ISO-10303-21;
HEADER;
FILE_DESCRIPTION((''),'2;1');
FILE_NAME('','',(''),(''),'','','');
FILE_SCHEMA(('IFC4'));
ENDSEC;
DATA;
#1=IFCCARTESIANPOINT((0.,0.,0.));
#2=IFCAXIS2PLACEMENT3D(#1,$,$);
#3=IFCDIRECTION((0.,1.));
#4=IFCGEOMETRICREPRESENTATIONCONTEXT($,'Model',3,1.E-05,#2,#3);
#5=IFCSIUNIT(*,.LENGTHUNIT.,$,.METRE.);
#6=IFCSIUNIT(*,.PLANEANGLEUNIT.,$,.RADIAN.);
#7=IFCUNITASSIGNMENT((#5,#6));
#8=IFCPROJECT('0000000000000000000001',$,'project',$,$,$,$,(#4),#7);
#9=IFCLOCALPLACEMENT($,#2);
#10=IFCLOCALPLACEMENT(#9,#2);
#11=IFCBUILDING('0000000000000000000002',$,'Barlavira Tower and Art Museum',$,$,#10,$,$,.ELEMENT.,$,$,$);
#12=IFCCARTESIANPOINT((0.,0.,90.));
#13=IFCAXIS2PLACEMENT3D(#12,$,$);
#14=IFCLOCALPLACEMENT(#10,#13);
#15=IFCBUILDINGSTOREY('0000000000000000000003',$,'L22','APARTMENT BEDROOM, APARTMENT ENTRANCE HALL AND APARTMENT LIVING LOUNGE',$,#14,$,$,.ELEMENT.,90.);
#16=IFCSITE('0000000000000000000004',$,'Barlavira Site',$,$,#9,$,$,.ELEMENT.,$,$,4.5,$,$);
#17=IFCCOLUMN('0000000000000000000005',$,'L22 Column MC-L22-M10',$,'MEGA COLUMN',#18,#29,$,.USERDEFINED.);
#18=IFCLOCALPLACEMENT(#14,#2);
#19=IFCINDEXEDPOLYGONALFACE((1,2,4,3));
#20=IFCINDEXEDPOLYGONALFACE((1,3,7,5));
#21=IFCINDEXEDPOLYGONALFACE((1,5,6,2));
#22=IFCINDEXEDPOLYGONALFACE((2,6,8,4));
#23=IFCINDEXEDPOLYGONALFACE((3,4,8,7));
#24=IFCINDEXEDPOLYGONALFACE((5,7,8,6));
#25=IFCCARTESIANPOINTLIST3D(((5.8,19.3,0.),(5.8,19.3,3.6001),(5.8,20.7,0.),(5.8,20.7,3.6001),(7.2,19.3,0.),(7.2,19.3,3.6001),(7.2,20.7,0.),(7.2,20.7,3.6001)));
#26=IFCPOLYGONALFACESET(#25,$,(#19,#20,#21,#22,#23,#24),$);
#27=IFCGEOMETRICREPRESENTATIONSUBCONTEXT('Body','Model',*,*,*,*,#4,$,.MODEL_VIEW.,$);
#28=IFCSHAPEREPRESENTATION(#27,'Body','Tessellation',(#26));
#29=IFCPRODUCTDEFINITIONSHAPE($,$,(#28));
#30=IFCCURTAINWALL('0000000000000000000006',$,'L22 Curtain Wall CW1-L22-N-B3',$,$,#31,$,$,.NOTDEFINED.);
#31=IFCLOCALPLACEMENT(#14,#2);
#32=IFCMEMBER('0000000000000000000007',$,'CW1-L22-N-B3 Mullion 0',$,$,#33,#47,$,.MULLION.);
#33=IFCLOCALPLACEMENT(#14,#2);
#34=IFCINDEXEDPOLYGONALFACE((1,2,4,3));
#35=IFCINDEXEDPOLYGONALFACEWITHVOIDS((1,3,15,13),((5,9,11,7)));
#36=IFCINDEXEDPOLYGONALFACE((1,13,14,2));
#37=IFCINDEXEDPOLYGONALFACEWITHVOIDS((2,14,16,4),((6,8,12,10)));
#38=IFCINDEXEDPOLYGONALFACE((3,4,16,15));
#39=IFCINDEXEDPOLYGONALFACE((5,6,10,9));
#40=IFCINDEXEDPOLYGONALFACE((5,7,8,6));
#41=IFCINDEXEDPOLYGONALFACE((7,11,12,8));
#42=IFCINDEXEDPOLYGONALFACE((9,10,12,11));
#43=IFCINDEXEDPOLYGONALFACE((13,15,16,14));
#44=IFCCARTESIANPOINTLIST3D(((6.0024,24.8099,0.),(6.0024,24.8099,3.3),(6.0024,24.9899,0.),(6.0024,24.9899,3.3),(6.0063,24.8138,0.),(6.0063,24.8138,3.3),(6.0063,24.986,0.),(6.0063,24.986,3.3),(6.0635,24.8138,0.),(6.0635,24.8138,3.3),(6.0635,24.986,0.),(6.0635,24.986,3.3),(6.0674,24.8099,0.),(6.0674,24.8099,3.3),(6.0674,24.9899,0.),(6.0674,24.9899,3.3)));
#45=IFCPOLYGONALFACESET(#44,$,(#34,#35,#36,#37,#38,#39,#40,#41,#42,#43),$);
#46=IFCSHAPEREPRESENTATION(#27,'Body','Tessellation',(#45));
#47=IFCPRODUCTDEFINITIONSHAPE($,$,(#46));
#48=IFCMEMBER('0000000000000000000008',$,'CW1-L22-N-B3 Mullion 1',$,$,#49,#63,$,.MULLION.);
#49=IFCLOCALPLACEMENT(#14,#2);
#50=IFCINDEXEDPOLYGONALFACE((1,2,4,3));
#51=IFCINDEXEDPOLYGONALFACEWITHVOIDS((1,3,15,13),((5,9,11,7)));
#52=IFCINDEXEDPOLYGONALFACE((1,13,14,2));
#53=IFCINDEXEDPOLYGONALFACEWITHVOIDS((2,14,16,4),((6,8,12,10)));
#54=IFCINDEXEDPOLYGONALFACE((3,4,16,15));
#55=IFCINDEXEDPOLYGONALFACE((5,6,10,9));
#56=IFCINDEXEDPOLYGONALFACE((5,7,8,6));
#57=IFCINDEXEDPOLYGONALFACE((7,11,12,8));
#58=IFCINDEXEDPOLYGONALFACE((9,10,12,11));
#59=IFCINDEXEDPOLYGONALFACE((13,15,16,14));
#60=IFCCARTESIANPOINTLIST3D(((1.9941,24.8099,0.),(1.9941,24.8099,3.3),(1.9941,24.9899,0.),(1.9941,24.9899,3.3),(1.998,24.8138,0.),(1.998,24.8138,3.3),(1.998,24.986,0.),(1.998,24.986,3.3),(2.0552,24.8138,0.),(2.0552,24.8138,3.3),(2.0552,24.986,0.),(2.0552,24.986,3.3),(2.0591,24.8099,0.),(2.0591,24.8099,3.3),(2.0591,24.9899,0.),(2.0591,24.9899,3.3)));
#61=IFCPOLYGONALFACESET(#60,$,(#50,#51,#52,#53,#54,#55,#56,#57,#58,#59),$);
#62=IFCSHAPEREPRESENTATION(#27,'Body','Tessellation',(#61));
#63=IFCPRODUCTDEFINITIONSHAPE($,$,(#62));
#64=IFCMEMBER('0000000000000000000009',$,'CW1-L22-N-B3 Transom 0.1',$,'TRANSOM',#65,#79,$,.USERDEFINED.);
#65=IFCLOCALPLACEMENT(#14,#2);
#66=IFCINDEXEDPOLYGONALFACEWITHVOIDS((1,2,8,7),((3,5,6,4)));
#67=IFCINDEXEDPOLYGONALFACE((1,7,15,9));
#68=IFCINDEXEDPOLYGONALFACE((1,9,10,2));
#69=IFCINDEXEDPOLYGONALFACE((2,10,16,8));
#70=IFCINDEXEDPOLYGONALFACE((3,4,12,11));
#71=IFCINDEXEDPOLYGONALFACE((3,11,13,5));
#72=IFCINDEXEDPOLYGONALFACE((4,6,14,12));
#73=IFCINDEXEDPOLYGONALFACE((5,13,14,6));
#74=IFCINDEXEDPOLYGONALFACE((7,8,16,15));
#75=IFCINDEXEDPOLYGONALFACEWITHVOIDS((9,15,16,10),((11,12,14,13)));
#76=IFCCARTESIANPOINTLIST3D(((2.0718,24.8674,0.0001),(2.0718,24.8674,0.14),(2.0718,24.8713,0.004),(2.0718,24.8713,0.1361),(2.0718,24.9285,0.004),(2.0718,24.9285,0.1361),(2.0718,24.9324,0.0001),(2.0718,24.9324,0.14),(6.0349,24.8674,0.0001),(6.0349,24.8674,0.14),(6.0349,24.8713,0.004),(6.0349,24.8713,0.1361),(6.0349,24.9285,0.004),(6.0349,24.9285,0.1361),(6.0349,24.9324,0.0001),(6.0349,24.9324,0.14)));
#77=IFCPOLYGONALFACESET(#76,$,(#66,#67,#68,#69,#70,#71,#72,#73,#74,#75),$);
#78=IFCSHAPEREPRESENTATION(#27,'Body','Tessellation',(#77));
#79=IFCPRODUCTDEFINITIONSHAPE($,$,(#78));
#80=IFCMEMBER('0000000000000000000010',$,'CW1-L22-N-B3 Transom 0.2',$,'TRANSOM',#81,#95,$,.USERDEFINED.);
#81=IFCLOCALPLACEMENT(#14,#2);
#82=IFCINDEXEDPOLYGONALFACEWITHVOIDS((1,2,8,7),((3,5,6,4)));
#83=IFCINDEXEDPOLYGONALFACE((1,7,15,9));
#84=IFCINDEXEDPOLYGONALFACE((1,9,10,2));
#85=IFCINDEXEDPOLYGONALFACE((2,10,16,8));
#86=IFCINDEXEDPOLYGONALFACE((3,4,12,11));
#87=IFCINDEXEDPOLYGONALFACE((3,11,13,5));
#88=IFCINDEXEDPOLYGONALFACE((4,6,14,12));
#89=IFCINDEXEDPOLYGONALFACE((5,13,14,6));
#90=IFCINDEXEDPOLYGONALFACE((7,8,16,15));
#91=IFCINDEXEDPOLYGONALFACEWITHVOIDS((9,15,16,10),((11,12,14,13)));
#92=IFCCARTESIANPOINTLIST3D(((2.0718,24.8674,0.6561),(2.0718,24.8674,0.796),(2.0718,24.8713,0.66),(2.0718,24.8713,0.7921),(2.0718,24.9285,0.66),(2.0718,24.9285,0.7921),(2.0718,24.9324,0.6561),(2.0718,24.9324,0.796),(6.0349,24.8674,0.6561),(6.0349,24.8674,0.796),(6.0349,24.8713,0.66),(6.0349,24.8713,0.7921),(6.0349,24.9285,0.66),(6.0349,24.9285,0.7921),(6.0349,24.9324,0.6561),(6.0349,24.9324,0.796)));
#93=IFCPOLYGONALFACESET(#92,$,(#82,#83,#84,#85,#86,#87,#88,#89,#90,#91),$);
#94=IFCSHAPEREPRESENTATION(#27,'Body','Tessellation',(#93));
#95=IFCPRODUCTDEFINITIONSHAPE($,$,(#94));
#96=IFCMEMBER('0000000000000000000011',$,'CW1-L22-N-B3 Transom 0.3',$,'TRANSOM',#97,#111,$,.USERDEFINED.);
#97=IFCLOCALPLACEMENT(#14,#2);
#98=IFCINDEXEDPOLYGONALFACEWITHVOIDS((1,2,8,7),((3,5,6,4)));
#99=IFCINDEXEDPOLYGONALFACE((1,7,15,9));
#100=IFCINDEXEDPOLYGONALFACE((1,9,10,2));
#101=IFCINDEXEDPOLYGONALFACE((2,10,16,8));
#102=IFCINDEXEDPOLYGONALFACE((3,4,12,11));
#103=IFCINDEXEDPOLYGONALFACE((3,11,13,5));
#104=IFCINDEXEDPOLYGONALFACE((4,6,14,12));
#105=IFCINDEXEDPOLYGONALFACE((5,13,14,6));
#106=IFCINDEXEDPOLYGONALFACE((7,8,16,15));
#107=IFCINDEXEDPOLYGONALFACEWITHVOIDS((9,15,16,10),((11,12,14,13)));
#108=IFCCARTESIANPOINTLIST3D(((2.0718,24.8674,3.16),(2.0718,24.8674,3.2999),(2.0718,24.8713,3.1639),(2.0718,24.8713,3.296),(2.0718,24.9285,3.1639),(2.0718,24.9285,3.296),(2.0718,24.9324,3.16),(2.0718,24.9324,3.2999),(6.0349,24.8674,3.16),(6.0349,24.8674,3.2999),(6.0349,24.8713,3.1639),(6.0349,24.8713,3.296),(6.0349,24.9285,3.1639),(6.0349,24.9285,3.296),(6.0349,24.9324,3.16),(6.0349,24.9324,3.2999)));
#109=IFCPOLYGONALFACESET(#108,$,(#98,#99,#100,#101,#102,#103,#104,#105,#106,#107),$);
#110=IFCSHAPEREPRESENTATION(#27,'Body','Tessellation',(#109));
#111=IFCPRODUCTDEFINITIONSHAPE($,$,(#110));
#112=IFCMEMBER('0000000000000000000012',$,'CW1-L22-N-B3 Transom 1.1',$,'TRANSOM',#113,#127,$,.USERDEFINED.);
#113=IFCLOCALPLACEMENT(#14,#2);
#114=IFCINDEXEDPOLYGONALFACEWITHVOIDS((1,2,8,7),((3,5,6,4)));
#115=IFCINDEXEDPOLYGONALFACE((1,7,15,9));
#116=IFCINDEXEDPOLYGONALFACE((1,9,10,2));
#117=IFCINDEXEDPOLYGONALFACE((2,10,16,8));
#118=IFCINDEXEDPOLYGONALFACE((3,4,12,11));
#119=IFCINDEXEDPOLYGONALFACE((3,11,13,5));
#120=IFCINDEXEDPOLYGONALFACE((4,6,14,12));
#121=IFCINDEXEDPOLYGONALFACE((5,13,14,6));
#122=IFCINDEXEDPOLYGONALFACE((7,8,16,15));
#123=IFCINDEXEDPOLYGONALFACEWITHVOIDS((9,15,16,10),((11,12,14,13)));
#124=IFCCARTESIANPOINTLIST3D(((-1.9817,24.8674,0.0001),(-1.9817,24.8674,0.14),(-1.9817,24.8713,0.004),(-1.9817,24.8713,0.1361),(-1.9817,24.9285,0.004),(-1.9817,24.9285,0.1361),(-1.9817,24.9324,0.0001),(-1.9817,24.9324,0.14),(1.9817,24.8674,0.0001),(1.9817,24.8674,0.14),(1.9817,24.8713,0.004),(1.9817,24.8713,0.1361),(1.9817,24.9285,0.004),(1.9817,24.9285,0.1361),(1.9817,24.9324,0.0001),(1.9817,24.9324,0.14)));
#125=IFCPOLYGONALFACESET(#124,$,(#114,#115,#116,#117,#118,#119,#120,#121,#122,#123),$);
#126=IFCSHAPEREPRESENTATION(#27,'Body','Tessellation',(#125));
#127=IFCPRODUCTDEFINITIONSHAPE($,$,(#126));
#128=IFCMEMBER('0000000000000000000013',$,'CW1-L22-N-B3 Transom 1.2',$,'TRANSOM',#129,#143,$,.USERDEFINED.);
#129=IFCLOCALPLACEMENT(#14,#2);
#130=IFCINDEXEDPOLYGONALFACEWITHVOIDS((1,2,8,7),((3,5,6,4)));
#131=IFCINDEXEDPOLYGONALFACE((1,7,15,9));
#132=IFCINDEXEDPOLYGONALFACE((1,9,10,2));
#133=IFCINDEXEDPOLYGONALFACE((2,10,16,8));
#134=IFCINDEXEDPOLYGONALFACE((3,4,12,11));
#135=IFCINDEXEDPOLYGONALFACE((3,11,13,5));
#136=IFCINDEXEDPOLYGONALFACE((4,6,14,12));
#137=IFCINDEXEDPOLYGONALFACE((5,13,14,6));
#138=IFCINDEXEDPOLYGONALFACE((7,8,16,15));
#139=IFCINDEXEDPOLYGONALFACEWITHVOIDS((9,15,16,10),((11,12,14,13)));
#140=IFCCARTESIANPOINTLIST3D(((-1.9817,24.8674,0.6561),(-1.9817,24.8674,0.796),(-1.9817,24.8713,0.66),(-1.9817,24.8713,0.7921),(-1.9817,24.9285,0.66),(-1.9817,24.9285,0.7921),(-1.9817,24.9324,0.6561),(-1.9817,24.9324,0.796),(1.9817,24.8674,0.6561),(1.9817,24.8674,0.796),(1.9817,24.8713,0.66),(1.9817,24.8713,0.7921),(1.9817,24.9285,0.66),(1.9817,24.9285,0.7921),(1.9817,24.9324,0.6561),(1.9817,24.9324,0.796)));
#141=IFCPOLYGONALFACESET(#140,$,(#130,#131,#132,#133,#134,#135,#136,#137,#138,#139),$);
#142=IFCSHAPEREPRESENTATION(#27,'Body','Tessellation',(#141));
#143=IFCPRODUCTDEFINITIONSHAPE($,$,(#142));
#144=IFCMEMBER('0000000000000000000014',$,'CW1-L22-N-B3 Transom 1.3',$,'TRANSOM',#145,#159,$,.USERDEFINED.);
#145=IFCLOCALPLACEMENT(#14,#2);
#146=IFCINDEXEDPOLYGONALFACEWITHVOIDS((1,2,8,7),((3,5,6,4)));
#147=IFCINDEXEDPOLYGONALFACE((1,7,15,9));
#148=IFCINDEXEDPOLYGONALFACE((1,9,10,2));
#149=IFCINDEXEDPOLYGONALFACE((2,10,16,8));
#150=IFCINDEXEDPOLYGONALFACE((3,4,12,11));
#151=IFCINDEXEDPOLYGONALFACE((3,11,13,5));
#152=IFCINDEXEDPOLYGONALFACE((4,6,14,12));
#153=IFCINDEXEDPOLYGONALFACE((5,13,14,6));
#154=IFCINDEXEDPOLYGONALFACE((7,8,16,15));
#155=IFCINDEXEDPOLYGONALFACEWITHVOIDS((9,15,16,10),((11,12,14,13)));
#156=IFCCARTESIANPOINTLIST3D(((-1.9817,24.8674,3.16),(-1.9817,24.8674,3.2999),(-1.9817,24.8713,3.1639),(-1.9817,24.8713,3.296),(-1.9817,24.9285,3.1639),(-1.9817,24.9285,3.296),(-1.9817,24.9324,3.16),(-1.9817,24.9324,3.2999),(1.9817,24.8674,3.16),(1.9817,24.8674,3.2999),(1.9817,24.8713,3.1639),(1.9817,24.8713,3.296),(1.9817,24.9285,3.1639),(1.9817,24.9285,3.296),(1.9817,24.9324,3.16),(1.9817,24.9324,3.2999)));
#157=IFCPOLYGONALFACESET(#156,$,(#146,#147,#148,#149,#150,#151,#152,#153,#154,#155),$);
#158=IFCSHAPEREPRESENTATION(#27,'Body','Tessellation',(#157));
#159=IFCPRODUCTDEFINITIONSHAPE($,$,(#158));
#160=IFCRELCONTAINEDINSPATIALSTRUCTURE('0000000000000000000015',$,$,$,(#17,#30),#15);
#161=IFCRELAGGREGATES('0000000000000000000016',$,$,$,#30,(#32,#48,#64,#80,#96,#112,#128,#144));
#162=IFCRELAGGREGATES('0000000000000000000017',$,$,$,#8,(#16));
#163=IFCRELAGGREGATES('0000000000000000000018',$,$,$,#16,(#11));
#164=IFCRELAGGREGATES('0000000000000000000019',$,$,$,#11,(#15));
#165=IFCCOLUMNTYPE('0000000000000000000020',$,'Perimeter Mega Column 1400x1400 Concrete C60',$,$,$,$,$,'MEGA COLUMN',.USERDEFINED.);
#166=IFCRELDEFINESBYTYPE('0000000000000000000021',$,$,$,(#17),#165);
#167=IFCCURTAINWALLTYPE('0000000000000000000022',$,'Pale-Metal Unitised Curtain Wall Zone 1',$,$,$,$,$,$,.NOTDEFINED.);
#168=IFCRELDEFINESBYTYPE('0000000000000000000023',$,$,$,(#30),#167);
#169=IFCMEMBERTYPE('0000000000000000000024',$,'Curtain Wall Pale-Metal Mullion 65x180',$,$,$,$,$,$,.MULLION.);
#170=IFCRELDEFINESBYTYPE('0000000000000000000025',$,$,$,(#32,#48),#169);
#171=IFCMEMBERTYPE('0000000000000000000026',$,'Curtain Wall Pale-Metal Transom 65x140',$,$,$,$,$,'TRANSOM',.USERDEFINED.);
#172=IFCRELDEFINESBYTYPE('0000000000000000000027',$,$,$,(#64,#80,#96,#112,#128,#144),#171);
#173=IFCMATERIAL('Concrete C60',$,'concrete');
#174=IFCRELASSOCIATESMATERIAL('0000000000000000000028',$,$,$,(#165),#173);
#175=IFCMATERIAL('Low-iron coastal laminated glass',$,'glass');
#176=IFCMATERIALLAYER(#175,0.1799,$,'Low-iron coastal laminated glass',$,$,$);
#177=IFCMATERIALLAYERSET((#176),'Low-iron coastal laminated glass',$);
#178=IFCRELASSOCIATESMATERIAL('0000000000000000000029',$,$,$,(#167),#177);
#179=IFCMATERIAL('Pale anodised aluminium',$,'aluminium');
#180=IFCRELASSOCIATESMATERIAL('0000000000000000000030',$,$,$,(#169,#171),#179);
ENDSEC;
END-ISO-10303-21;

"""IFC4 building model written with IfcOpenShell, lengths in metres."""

from ifc_helpers import new_model, si_unit, direction, frame, origin, origin_2d, place, context, subcontext, project, spatial, rectangle, hollow_rectangle, extrude, material, layer, layer_set, material_profile, profile_set, type_object, element, aggregate, save


model = new_model("IFC4")

# Units and contexts
model_context = context("Model", 3, precision=1e-05, world=origin(), true_north=direction((0.0, 1.0)))
body_context = subcontext(model_context, "Body", "Model", "MODEL_VIEW")
ifc_project = project(units=[si_unit("LENGTHUNIT", "METRE"), si_unit("PLANEANGLEUNIT", "RADIAN")], contexts=[model_context])

# Site, building, storey
site_placement = place(None, origin())
site = spatial("IfcSite", under=ifc_project, at=site_placement, Name="Barlavira Site", CompositionType="ELEMENT", RefElevation=4.5)
building_placement = place(site_placement, origin())
building = spatial("IfcBuilding", under=site, at=building_placement, Name="Barlavira Tower and Art Museum", CompositionType="ELEMENT")
storey_placement = place(building_placement, frame((0.0, 0.0, 90.0)))
storey = spatial("IfcBuildingStorey", under=building, at=storey_placement, Name="L22", Description="APARTMENT BEDROOM, APARTMENT ENTRANCE HALL AND APARTMENT LIVING LOUNGE", CompositionType="ELEMENT", Elevation=90.0)

# Column
ifc_material_1 = material(Name="Concrete C60", Category="concrete")
ifc_material_profile_1 = material_profile(ifc_material_1, rectangle(XDim=1.3999, YDim=1.3999, at=origin_2d()), Name="RC-MCOL 1400x1400")
ifc_profile_set_1 = profile_set([ifc_material_profile_1], Name="Concrete C60")
column_type = type_object("IfcColumnType", Name="Perimeter Mega Column 1400x1400 Concrete C60", ElementType="MEGA COLUMN", PredefinedType="USERDEFINED", material=ifc_profile_set_1)
column_placement = place(storey_placement, frame((6.5, 20.0, 0.0), z_axis=(0.0, 0.0, 1.0), x_axis=(1.0, 0.0, 0.0)))
element("IfcColumn", 1, at=column_placement, inside=storey, type_object=column_type, Name="L22 Column MC-L22-M10", ObjectType="MEGA COLUMN", PredefinedType="USERDEFINED", context=body_context, shape_type="SweptSolid", body=[
    extrude(rectangle(XDim=1.3999, YDim=1.3999, at=origin_2d()), origin(), (0.0, 0.0, 1.0), 3.6001),
])

# Curtain wall, members
ifc_material_2 = material(Name="Low-iron coastal laminated glass", Category="glass")
ifc_layer_1 = layer(ifc_material_2, 0.1799, Name="Low-iron coastal laminated glass")
ifc_layer_set_1 = layer_set([ifc_layer_1], Name="Low-iron coastal laminated glass")
curtain_wall_type = type_object("IfcCurtainWallType", Name="Pale-Metal Unitised Curtain Wall Zone 1", PredefinedType="NOTDEFINED", material=ifc_layer_set_1)
curtain_wall_placement = place(storey_placement, origin())
curtain_wall = element("IfcCurtainWall", 2, at=curtain_wall_placement, inside=storey, type_object=curtain_wall_type, Name="L22 Curtain Wall CW1-L22-N-B3", PredefinedType="NOTDEFINED")
ifc_material_3 = material(Name="Pale anodised aluminium", Category="aluminium")
ifc_material_profile_2 = material_profile(ifc_material_3, hollow_rectangle(XDim=0.0649, YDim=0.1799, WallThickness=0.0039, at=origin_2d()), Name="ALU-MULL 65x180x4")
ifc_profile_set_2 = profile_set([ifc_material_profile_2], Name="Pale anodised aluminium")
member_type_1 = type_object("IfcMemberType", Name="Curtain Wall Pale-Metal Mullion 65x180", PredefinedType="MULLION", material=ifc_profile_set_2)
member_1_placement = place(storey_placement, frame((6.0349, 24.8999, 0.0), z_axis=(0.0, 0.0, 1.0), x_axis=(-1.0, 0.0, 0.0)))
member_1 = element("IfcMember", 3, at=member_1_placement, type_object=member_type_1, Name="CW1-L22-N-B3 Mullion 0", PredefinedType="MULLION", context=body_context, shape_type="SweptSolid", body=[
    extrude(hollow_rectangle(XDim=0.0649, YDim=0.1799, WallThickness=0.0039, at=origin_2d()), origin(), (0.0, 0.0, 1.0), 3.3),
])
member_2_placement = place(storey_placement, frame((2.0266, 24.8999, 0.0), z_axis=(0.0, 0.0, 1.0), x_axis=(-1.0, 0.0, 0.0)))
member_2 = element("IfcMember", 4, at=member_2_placement, type_object=member_type_1, Name="CW1-L22-N-B3 Mullion 1", PredefinedType="MULLION", context=body_context, shape_type="SweptSolid", body=[
    extrude(hollow_rectangle(XDim=0.0649, YDim=0.1799, WallThickness=0.0039, at=origin_2d()), origin(), (0.0, 0.0, 1.0), 3.3),
])
ifc_material_profile_3 = material_profile(ifc_material_3, hollow_rectangle(XDim=0.0649, YDim=0.1399, WallThickness=0.0039, at=origin_2d()), Name="ALU-TRAN 65x140x4")
ifc_profile_set_3 = profile_set([ifc_material_profile_3], Name="Pale anodised aluminium")
member_type_2 = type_object("IfcMemberType", Name="Curtain Wall Pale-Metal Transom 65x140", ElementType="TRANSOM", PredefinedType="USERDEFINED", material=ifc_profile_set_3)
member_3_placement = place(storey_placement, frame((6.0349, 24.8999, 0.0701), z_axis=(-1.0, 0.0, 0.0), x_axis=(0.0, -1.0, 0.0)))
member_3 = element("IfcMember", 5, at=member_3_placement, type_object=member_type_2, Name="CW1-L22-N-B3 Transom 0.1", ObjectType="TRANSOM", PredefinedType="USERDEFINED", context=body_context, shape_type="SweptSolid", body=[
    extrude(hollow_rectangle(XDim=0.0649, YDim=0.1399, WallThickness=0.0039, at=origin_2d()), origin(), (0.0, 0.0, 1.0), 3.9631),
])
member_4_placement = place(storey_placement, frame((6.0349, 24.8999, 0.7261), z_axis=(-1.0, 0.0, 0.0), x_axis=(0.0, -1.0, 0.0)))
member_4 = element("IfcMember", 6, at=member_4_placement, type_object=member_type_2, Name="CW1-L22-N-B3 Transom 0.2", ObjectType="TRANSOM", PredefinedType="USERDEFINED", context=body_context, shape_type="SweptSolid", body=[
    extrude(hollow_rectangle(XDim=0.0649, YDim=0.1399, WallThickness=0.0039, at=origin_2d()), origin(), (0.0, 0.0, 1.0), 3.9631),
])
member_5_placement = place(storey_placement, frame((6.0349, 24.8999, 3.23), z_axis=(-1.0, 0.0, 0.0), x_axis=(0.0, -1.0, 0.0)))
member_5 = element("IfcMember", 7, at=member_5_placement, type_object=member_type_2, Name="CW1-L22-N-B3 Transom 0.3", ObjectType="TRANSOM", PredefinedType="USERDEFINED", context=body_context, shape_type="SweptSolid", body=[
    extrude(hollow_rectangle(XDim=0.0649, YDim=0.1399, WallThickness=0.0039, at=origin_2d()), origin(), (0.0, 0.0, 1.0), 3.9631),
])
member_6_placement = place(storey_placement, frame((1.9817, 24.8999, 0.0701), z_axis=(-1.0, 0.0, 0.0), x_axis=(0.0, -1.0, 0.0)))
member_6 = element("IfcMember", 8, at=member_6_placement, type_object=member_type_2, Name="CW1-L22-N-B3 Transom 1.1", ObjectType="TRANSOM", PredefinedType="USERDEFINED", context=body_context, shape_type="SweptSolid", body=[
    extrude(hollow_rectangle(XDim=0.0649, YDim=0.1399, WallThickness=0.0039, at=origin_2d()), origin(), (0.0, 0.0, 1.0), 3.9634),
])
member_7_placement = place(storey_placement, frame((1.9817, 24.8999, 0.7261), z_axis=(-1.0, 0.0, 0.0), x_axis=(0.0, -1.0, 0.0)))
member_7 = element("IfcMember", 9, at=member_7_placement, type_object=member_type_2, Name="CW1-L22-N-B3 Transom 1.2", ObjectType="TRANSOM", PredefinedType="USERDEFINED", context=body_context, shape_type="SweptSolid", body=[
    extrude(hollow_rectangle(XDim=0.0649, YDim=0.1399, WallThickness=0.0039, at=origin_2d()), origin(), (0.0, 0.0, 1.0), 3.9634),
])
member_8_placement = place(storey_placement, frame((1.9817, 24.8999, 3.23), z_axis=(-1.0, 0.0, 0.0), x_axis=(0.0, -1.0, 0.0)))
member_8 = element("IfcMember", 10, at=member_8_placement, type_object=member_type_2, Name="CW1-L22-N-B3 Transom 1.3", ObjectType="TRANSOM", PredefinedType="USERDEFINED", context=body_context, shape_type="SweptSolid", body=[
    extrude(hollow_rectangle(XDim=0.0649, YDim=0.1399, WallThickness=0.0039, at=origin_2d()), origin(), (0.0, 0.0, 1.0), 3.9634),
])

aggregate(curtain_wall, [member_1, member_2, member_3, member_4, member_5, member_6, member_7, member_8])

save(model, "model.ifc")
